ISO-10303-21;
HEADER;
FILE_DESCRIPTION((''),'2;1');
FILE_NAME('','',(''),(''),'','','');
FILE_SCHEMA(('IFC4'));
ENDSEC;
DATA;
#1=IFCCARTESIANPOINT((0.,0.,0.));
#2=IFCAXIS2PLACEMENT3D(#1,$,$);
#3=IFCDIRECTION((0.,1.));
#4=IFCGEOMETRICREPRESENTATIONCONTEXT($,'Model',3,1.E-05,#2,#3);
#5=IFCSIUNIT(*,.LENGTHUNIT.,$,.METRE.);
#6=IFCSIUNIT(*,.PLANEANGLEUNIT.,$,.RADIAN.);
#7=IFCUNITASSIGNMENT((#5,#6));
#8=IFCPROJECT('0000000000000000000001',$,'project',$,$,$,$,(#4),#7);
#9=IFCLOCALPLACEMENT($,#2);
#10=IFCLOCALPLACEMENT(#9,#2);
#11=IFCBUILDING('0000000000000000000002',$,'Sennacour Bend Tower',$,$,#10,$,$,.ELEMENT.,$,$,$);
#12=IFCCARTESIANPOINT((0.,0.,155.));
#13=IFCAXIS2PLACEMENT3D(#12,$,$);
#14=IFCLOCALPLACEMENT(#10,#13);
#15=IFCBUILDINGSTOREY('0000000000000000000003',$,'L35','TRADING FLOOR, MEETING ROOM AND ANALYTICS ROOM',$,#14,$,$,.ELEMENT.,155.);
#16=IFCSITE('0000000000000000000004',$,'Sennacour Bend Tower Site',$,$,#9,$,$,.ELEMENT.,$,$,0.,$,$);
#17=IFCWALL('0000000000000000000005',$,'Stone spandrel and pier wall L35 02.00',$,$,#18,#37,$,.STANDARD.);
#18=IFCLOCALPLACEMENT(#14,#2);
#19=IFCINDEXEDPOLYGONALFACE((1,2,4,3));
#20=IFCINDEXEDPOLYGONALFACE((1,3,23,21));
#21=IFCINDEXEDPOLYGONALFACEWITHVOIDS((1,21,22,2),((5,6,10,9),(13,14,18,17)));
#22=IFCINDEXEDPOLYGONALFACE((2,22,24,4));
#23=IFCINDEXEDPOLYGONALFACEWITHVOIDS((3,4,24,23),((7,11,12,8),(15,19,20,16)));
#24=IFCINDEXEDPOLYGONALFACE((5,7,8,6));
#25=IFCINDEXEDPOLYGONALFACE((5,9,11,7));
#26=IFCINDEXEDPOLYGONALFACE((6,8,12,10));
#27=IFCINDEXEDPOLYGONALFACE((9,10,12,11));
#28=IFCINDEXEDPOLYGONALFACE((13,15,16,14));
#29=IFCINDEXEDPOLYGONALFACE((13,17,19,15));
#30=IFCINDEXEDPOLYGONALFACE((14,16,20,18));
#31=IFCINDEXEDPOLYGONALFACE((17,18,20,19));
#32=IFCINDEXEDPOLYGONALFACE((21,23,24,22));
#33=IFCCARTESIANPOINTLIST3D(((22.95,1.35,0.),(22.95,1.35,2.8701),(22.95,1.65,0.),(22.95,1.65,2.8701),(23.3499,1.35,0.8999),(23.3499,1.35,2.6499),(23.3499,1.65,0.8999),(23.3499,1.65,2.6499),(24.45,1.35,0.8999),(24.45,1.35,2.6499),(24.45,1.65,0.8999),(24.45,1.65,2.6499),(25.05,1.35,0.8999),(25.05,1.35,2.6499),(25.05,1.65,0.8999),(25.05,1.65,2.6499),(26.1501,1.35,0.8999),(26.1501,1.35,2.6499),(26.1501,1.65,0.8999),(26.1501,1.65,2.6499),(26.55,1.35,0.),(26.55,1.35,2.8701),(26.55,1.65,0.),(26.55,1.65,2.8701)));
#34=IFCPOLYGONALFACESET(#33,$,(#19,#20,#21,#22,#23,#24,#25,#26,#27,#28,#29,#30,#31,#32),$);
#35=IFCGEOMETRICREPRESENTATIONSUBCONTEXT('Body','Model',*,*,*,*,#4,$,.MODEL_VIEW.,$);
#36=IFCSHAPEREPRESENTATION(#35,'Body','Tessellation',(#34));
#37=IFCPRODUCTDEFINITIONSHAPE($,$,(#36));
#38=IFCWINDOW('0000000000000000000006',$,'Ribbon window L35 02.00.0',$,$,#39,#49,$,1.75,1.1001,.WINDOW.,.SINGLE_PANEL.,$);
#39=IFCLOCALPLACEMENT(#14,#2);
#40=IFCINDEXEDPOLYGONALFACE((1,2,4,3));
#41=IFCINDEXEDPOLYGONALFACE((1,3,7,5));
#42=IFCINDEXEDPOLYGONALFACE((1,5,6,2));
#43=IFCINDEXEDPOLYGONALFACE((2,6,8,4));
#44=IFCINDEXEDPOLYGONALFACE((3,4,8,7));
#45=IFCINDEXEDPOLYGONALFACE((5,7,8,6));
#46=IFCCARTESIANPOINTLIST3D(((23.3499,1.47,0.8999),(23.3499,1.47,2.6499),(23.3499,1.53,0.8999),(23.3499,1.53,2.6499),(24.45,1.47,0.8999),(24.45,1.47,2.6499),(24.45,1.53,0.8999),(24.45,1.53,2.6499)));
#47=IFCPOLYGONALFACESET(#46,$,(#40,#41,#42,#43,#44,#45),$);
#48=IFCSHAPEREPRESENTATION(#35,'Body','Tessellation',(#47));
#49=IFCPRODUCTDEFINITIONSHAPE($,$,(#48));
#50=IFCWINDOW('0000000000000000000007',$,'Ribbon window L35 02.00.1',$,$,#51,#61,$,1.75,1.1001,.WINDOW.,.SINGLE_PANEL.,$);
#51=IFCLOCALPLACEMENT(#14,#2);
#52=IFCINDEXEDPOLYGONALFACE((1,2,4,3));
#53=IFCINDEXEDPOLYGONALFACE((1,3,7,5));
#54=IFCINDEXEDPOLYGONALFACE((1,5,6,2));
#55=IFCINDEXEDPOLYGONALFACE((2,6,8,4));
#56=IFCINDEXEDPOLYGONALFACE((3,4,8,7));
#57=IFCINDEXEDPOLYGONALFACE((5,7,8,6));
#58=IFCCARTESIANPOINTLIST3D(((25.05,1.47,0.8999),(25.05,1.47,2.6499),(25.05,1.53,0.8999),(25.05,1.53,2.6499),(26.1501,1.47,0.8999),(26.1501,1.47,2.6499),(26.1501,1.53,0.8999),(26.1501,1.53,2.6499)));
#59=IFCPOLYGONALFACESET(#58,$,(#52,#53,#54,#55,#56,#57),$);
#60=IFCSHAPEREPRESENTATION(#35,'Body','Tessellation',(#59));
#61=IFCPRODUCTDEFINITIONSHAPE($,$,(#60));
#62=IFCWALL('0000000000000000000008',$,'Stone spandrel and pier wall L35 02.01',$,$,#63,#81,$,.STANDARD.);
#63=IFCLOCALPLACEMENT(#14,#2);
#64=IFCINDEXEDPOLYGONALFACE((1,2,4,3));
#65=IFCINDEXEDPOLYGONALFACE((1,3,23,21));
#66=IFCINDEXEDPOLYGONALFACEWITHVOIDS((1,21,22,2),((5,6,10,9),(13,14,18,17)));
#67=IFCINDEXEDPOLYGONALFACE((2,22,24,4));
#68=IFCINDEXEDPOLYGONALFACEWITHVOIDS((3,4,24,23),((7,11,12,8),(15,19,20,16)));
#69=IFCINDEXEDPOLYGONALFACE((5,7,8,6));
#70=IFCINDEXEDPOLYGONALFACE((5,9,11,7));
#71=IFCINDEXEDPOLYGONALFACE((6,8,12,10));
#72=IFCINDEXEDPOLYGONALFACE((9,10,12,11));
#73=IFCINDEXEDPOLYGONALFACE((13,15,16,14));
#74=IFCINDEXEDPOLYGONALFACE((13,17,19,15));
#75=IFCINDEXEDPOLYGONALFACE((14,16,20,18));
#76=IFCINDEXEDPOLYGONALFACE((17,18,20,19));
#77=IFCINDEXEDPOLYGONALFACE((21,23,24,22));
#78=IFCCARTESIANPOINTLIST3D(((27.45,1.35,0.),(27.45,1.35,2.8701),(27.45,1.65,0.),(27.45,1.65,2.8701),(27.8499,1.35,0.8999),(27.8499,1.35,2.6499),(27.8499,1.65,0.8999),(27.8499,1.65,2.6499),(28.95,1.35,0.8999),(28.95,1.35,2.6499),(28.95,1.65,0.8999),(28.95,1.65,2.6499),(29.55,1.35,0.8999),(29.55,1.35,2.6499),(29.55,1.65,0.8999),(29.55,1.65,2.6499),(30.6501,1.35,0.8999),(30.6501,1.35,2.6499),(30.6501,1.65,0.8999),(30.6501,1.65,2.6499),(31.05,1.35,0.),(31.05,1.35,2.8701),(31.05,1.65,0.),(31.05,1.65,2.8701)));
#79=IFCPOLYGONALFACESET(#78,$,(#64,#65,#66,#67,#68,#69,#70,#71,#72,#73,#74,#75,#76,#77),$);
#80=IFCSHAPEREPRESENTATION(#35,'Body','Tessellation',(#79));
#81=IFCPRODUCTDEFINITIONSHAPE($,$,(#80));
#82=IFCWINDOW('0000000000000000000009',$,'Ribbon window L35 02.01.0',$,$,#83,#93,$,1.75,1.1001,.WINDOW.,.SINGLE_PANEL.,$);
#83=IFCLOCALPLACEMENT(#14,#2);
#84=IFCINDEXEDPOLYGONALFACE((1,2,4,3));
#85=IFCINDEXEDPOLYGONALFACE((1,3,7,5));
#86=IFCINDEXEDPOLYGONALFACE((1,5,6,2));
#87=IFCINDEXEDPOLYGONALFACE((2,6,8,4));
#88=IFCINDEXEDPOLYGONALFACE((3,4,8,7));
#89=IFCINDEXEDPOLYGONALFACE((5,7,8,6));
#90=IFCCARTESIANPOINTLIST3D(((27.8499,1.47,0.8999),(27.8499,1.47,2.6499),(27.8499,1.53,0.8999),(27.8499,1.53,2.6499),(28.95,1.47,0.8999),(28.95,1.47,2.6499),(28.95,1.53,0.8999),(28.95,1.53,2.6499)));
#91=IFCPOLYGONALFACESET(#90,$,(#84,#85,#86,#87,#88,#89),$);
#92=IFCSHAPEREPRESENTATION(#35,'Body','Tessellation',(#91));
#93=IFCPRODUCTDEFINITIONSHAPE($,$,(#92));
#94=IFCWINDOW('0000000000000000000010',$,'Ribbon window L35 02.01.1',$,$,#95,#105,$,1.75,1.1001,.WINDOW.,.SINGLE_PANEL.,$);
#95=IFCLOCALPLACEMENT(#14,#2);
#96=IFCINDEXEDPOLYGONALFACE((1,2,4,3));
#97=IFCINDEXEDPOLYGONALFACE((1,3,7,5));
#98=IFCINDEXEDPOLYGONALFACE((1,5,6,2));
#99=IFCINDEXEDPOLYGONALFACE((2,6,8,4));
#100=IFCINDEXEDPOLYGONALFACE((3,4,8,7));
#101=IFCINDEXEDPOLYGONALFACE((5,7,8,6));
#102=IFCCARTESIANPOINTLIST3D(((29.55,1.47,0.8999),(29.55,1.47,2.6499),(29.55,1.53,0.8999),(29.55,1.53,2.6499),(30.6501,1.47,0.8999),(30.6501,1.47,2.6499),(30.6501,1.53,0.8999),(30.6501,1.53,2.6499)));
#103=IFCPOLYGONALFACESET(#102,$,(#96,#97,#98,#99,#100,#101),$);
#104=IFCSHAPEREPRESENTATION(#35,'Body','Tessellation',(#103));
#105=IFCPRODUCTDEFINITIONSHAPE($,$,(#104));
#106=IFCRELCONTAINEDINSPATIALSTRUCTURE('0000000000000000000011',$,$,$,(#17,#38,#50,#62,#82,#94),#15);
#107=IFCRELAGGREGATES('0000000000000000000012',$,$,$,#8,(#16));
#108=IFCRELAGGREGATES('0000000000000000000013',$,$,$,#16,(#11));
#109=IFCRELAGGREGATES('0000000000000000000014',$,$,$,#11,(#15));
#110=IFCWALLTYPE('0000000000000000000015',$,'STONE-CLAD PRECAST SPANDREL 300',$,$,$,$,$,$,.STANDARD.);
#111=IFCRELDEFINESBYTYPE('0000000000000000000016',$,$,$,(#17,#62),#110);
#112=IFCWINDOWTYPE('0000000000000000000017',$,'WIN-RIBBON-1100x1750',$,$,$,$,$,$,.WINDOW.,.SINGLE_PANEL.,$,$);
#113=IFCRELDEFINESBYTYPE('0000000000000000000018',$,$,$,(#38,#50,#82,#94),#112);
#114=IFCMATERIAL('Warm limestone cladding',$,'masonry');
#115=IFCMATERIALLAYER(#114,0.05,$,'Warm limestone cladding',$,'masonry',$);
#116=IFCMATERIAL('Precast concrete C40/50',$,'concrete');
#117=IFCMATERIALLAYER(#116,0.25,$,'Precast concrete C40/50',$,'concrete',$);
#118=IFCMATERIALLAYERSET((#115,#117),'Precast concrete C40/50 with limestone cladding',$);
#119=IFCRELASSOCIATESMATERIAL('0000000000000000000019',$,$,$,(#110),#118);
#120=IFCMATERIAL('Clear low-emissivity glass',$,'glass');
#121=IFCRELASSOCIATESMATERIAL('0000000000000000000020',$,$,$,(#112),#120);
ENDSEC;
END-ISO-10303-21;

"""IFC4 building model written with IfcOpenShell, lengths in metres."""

from ifc_helpers import new_model, si_unit, direction, frame, frame_2d, origin, place, context, subcontext, project, spatial, rectangle, extrude, material, layer, layer_set, type_object, element, fill, save


model = new_model("IFC4")

# Units and contexts
model_context = context("Model", 3, precision=1e-05, world=origin(), true_north=direction((0.0, 1.0)))
body_context = subcontext(model_context, "Body", "Model", "MODEL_VIEW")
ifc_project = project(units=[si_unit("LENGTHUNIT", "METRE"), si_unit("PLANEANGLEUNIT", "RADIAN")], contexts=[model_context])

# Site, building, storey
site_placement = place(None, origin())
site = spatial("IfcSite", under=ifc_project, at=site_placement, Name="Sennacour Bend Tower Site", CompositionType="ELEMENT", RefElevation=0.0)
building_placement = place(site_placement, origin())
building = spatial("IfcBuilding", under=site, at=building_placement, Name="Sennacour Bend Tower", CompositionType="ELEMENT")
storey_placement = place(building_placement, frame((0.0, 0.0, 155.0)))
storey = spatial("IfcBuildingStorey", under=building, at=storey_placement, Name="L35", Description="TRADING FLOOR, MEETING ROOM AND ANALYTICS ROOM", CompositionType="ELEMENT", Elevation=155.0)

# Walls, openings, windows
ifc_material_1 = material(Name="Warm limestone cladding", Category="masonry")
ifc_layer_1 = layer(ifc_material_1, 0.05, Name="Warm limestone cladding", Category="masonry")
ifc_material_2 = material(Name="Precast concrete C40/50", Category="concrete")
ifc_layer_2 = layer(ifc_material_2, 0.25, Name="Precast concrete C40/50", Category="concrete")
ifc_layer_set_1 = layer_set([ifc_layer_1, ifc_layer_2], Name="Precast concrete C40/50 with limestone cladding")
wall_type_1 = type_object("IfcWallType", Name="STONE-CLAD PRECAST SPANDREL 300", PredefinedType="STANDARD", material=ifc_layer_set_1)
wall_1_placement = place(storey_placement, frame((22.95, 1.5, 0.0), z_axis=(0.0, 0.0, 1.0), x_axis=(1.0, 0.0, 0.0)))
wall_1 = element("IfcWall", 1, at=wall_1_placement, inside=storey, type_object=wall_type_1, Name="Stone spandrel and pier wall L35 02.00", PredefinedType="STANDARD", context=body_context, shape_type="SweptSolid", body=[
    extrude(rectangle(XDim=3.6001, YDim=0.3, at=frame_2d((1.8, 0.0))), origin(), (0.0, 0.0, 1.0), 2.8701),
])
opening_1_placement = place(wall_1_placement, frame((0.3999, 0.0, 0.8999)))
opening_1 = element("IfcOpeningElement", 2, at=opening_1_placement, cuts=wall_1, PredefinedType="OPENING", context=body_context, shape_type="SweptSolid", body=[
    extrude(rectangle(XDim=1.1001, YDim=1.75, at=frame_2d((0.55, 0.875))), frame((0.0, 0.1602, 0.0), z_axis=(0.0, -1.0, 0.0), x_axis=(1.0, 0.0, 0.0)), (0.0, 0.0, 1.0), 0.3201),
])
opening_2_placement = place(wall_1_placement, frame((2.1001, 0.0, 0.8999)))
opening_2 = element("IfcOpeningElement", 3, at=opening_2_placement, cuts=wall_1, PredefinedType="OPENING", context=body_context, shape_type="SweptSolid", body=[
    extrude(rectangle(XDim=1.1001, YDim=1.75, at=frame_2d((0.55, 0.875))), frame((0.0, 0.1602, 0.0), z_axis=(0.0, -1.0, 0.0), x_axis=(1.0, 0.0, 0.0)), (0.0, 0.0, 1.0), 0.3201),
])
ifc_material_3 = material(Name="Clear low-emissivity glass", Category="glass")
window_type = type_object("IfcWindowType", Name="WIN-RIBBON-1100x1750", PartitioningType="SINGLE_PANEL", PredefinedType="WINDOW", material=ifc_material_3)
window_1_placement = place(opening_1_placement, origin())
window_1 = element("IfcWindow", 4, at=window_1_placement, inside=storey, type_object=window_type, Name="Ribbon window L35 02.00.0", OverallHeight=1.75, OverallWidth=1.1001, PartitioningType="SINGLE_PANEL", PredefinedType="WINDOW", context=body_context, shape_type="SweptSolid", body=[
    extrude(rectangle(XDim=1.1001, YDim=1.75, at=frame_2d((0.55, 0.875))), frame((0.0, 0.03, 0.0), z_axis=(0.0, -1.0, 0.0), x_axis=(1.0, 0.0, 0.0)), (0.0, 0.0, 1.0), 0.0601),
])
fill(opening_1, window_1)
window_2_placement = place(opening_2_placement, origin())
window_2 = element("IfcWindow", 5, at=window_2_placement, inside=storey, type_object=window_type, Name="Ribbon window L35 02.00.1", OverallHeight=1.75, OverallWidth=1.1001, PartitioningType="SINGLE_PANEL", PredefinedType="WINDOW", context=body_context, shape_type="SweptSolid", body=[
    extrude(rectangle(XDim=1.1001, YDim=1.75, at=frame_2d((0.55, 0.875))), frame((0.0, 0.03, 0.0), z_axis=(0.0, -1.0, 0.0), x_axis=(1.0, 0.0, 0.0)), (0.0, 0.0, 1.0), 0.0601),
])
fill(opening_2, window_2)
wall_2_placement = place(storey_placement, frame((27.45, 1.5, 0.0), z_axis=(0.0, 0.0, 1.0), x_axis=(1.0, 0.0, 0.0)))
wall_2 = element("IfcWall", 6, at=wall_2_placement, inside=storey, type_object=wall_type_1, Name="Stone spandrel and pier wall L35 02.01", PredefinedType="STANDARD", context=body_context, shape_type="SweptSolid", body=[
    extrude(rectangle(XDim=3.6001, YDim=0.3, at=frame_2d((1.8, 0.0))), origin(), (0.0, 0.0, 1.0), 2.8701),
])
opening_3_placement = place(wall_2_placement, frame((0.3999, 0.0, 0.8999)))
opening_3 = element("IfcOpeningElement", 7, at=opening_3_placement, cuts=wall_2, PredefinedType="OPENING", context=body_context, shape_type="SweptSolid", body=[
    extrude(rectangle(XDim=1.1001, YDim=1.75, at=frame_2d((0.55, 0.875))), frame((0.0, 0.1602, 0.0), z_axis=(0.0, -1.0, 0.0), x_axis=(1.0, 0.0, 0.0)), (0.0, 0.0, 1.0), 0.3201),
])
opening_4_placement = place(wall_2_placement, frame((2.1001, 0.0, 0.8999)))
opening_4 = element("IfcOpeningElement", 8, at=opening_4_placement, cuts=wall_2, PredefinedType="OPENING", context=body_context, shape_type="SweptSolid", body=[
    extrude(rectangle(XDim=1.1001, YDim=1.75, at=frame_2d((0.55, 0.875))), frame((0.0, 0.1602, 0.0), z_axis=(0.0, -1.0, 0.0), x_axis=(1.0, 0.0, 0.0)), (0.0, 0.0, 1.0), 0.3201),
])
window_3_placement = place(opening_3_placement, origin())
window_3 = element("IfcWindow", 9, at=window_3_placement, inside=storey, type_object=window_type, Name="Ribbon window L35 02.01.0", OverallHeight=1.75, OverallWidth=1.1001, PartitioningType="SINGLE_PANEL", PredefinedType="WINDOW", context=body_context, shape_type="SweptSolid", body=[
    extrude(rectangle(XDim=1.1001, YDim=1.75, at=frame_2d((0.55, 0.875))), frame((0.0, 0.03, 0.0), z_axis=(0.0, -1.0, 0.0), x_axis=(1.0, 0.0, 0.0)), (0.0, 0.0, 1.0), 0.0601),
])
fill(opening_3, window_3)
window_4_placement = place(opening_4_placement, origin())
window_4 = element("IfcWindow", 10, at=window_4_placement, inside=storey, type_object=window_type, Name="Ribbon window L35 02.01.1", OverallHeight=1.75, OverallWidth=1.1001, PartitioningType="SINGLE_PANEL", PredefinedType="WINDOW", context=body_context, shape_type="SweptSolid", body=[
    extrude(rectangle(XDim=1.1001, YDim=1.75, at=frame_2d((0.55, 0.875))), frame((0.0, 0.03, 0.0), z_axis=(0.0, -1.0, 0.0), x_axis=(1.0, 0.0, 0.0)), (0.0, 0.0, 1.0), 0.0601),
])
fill(opening_4, window_4)

save(model, "model.ifc")
